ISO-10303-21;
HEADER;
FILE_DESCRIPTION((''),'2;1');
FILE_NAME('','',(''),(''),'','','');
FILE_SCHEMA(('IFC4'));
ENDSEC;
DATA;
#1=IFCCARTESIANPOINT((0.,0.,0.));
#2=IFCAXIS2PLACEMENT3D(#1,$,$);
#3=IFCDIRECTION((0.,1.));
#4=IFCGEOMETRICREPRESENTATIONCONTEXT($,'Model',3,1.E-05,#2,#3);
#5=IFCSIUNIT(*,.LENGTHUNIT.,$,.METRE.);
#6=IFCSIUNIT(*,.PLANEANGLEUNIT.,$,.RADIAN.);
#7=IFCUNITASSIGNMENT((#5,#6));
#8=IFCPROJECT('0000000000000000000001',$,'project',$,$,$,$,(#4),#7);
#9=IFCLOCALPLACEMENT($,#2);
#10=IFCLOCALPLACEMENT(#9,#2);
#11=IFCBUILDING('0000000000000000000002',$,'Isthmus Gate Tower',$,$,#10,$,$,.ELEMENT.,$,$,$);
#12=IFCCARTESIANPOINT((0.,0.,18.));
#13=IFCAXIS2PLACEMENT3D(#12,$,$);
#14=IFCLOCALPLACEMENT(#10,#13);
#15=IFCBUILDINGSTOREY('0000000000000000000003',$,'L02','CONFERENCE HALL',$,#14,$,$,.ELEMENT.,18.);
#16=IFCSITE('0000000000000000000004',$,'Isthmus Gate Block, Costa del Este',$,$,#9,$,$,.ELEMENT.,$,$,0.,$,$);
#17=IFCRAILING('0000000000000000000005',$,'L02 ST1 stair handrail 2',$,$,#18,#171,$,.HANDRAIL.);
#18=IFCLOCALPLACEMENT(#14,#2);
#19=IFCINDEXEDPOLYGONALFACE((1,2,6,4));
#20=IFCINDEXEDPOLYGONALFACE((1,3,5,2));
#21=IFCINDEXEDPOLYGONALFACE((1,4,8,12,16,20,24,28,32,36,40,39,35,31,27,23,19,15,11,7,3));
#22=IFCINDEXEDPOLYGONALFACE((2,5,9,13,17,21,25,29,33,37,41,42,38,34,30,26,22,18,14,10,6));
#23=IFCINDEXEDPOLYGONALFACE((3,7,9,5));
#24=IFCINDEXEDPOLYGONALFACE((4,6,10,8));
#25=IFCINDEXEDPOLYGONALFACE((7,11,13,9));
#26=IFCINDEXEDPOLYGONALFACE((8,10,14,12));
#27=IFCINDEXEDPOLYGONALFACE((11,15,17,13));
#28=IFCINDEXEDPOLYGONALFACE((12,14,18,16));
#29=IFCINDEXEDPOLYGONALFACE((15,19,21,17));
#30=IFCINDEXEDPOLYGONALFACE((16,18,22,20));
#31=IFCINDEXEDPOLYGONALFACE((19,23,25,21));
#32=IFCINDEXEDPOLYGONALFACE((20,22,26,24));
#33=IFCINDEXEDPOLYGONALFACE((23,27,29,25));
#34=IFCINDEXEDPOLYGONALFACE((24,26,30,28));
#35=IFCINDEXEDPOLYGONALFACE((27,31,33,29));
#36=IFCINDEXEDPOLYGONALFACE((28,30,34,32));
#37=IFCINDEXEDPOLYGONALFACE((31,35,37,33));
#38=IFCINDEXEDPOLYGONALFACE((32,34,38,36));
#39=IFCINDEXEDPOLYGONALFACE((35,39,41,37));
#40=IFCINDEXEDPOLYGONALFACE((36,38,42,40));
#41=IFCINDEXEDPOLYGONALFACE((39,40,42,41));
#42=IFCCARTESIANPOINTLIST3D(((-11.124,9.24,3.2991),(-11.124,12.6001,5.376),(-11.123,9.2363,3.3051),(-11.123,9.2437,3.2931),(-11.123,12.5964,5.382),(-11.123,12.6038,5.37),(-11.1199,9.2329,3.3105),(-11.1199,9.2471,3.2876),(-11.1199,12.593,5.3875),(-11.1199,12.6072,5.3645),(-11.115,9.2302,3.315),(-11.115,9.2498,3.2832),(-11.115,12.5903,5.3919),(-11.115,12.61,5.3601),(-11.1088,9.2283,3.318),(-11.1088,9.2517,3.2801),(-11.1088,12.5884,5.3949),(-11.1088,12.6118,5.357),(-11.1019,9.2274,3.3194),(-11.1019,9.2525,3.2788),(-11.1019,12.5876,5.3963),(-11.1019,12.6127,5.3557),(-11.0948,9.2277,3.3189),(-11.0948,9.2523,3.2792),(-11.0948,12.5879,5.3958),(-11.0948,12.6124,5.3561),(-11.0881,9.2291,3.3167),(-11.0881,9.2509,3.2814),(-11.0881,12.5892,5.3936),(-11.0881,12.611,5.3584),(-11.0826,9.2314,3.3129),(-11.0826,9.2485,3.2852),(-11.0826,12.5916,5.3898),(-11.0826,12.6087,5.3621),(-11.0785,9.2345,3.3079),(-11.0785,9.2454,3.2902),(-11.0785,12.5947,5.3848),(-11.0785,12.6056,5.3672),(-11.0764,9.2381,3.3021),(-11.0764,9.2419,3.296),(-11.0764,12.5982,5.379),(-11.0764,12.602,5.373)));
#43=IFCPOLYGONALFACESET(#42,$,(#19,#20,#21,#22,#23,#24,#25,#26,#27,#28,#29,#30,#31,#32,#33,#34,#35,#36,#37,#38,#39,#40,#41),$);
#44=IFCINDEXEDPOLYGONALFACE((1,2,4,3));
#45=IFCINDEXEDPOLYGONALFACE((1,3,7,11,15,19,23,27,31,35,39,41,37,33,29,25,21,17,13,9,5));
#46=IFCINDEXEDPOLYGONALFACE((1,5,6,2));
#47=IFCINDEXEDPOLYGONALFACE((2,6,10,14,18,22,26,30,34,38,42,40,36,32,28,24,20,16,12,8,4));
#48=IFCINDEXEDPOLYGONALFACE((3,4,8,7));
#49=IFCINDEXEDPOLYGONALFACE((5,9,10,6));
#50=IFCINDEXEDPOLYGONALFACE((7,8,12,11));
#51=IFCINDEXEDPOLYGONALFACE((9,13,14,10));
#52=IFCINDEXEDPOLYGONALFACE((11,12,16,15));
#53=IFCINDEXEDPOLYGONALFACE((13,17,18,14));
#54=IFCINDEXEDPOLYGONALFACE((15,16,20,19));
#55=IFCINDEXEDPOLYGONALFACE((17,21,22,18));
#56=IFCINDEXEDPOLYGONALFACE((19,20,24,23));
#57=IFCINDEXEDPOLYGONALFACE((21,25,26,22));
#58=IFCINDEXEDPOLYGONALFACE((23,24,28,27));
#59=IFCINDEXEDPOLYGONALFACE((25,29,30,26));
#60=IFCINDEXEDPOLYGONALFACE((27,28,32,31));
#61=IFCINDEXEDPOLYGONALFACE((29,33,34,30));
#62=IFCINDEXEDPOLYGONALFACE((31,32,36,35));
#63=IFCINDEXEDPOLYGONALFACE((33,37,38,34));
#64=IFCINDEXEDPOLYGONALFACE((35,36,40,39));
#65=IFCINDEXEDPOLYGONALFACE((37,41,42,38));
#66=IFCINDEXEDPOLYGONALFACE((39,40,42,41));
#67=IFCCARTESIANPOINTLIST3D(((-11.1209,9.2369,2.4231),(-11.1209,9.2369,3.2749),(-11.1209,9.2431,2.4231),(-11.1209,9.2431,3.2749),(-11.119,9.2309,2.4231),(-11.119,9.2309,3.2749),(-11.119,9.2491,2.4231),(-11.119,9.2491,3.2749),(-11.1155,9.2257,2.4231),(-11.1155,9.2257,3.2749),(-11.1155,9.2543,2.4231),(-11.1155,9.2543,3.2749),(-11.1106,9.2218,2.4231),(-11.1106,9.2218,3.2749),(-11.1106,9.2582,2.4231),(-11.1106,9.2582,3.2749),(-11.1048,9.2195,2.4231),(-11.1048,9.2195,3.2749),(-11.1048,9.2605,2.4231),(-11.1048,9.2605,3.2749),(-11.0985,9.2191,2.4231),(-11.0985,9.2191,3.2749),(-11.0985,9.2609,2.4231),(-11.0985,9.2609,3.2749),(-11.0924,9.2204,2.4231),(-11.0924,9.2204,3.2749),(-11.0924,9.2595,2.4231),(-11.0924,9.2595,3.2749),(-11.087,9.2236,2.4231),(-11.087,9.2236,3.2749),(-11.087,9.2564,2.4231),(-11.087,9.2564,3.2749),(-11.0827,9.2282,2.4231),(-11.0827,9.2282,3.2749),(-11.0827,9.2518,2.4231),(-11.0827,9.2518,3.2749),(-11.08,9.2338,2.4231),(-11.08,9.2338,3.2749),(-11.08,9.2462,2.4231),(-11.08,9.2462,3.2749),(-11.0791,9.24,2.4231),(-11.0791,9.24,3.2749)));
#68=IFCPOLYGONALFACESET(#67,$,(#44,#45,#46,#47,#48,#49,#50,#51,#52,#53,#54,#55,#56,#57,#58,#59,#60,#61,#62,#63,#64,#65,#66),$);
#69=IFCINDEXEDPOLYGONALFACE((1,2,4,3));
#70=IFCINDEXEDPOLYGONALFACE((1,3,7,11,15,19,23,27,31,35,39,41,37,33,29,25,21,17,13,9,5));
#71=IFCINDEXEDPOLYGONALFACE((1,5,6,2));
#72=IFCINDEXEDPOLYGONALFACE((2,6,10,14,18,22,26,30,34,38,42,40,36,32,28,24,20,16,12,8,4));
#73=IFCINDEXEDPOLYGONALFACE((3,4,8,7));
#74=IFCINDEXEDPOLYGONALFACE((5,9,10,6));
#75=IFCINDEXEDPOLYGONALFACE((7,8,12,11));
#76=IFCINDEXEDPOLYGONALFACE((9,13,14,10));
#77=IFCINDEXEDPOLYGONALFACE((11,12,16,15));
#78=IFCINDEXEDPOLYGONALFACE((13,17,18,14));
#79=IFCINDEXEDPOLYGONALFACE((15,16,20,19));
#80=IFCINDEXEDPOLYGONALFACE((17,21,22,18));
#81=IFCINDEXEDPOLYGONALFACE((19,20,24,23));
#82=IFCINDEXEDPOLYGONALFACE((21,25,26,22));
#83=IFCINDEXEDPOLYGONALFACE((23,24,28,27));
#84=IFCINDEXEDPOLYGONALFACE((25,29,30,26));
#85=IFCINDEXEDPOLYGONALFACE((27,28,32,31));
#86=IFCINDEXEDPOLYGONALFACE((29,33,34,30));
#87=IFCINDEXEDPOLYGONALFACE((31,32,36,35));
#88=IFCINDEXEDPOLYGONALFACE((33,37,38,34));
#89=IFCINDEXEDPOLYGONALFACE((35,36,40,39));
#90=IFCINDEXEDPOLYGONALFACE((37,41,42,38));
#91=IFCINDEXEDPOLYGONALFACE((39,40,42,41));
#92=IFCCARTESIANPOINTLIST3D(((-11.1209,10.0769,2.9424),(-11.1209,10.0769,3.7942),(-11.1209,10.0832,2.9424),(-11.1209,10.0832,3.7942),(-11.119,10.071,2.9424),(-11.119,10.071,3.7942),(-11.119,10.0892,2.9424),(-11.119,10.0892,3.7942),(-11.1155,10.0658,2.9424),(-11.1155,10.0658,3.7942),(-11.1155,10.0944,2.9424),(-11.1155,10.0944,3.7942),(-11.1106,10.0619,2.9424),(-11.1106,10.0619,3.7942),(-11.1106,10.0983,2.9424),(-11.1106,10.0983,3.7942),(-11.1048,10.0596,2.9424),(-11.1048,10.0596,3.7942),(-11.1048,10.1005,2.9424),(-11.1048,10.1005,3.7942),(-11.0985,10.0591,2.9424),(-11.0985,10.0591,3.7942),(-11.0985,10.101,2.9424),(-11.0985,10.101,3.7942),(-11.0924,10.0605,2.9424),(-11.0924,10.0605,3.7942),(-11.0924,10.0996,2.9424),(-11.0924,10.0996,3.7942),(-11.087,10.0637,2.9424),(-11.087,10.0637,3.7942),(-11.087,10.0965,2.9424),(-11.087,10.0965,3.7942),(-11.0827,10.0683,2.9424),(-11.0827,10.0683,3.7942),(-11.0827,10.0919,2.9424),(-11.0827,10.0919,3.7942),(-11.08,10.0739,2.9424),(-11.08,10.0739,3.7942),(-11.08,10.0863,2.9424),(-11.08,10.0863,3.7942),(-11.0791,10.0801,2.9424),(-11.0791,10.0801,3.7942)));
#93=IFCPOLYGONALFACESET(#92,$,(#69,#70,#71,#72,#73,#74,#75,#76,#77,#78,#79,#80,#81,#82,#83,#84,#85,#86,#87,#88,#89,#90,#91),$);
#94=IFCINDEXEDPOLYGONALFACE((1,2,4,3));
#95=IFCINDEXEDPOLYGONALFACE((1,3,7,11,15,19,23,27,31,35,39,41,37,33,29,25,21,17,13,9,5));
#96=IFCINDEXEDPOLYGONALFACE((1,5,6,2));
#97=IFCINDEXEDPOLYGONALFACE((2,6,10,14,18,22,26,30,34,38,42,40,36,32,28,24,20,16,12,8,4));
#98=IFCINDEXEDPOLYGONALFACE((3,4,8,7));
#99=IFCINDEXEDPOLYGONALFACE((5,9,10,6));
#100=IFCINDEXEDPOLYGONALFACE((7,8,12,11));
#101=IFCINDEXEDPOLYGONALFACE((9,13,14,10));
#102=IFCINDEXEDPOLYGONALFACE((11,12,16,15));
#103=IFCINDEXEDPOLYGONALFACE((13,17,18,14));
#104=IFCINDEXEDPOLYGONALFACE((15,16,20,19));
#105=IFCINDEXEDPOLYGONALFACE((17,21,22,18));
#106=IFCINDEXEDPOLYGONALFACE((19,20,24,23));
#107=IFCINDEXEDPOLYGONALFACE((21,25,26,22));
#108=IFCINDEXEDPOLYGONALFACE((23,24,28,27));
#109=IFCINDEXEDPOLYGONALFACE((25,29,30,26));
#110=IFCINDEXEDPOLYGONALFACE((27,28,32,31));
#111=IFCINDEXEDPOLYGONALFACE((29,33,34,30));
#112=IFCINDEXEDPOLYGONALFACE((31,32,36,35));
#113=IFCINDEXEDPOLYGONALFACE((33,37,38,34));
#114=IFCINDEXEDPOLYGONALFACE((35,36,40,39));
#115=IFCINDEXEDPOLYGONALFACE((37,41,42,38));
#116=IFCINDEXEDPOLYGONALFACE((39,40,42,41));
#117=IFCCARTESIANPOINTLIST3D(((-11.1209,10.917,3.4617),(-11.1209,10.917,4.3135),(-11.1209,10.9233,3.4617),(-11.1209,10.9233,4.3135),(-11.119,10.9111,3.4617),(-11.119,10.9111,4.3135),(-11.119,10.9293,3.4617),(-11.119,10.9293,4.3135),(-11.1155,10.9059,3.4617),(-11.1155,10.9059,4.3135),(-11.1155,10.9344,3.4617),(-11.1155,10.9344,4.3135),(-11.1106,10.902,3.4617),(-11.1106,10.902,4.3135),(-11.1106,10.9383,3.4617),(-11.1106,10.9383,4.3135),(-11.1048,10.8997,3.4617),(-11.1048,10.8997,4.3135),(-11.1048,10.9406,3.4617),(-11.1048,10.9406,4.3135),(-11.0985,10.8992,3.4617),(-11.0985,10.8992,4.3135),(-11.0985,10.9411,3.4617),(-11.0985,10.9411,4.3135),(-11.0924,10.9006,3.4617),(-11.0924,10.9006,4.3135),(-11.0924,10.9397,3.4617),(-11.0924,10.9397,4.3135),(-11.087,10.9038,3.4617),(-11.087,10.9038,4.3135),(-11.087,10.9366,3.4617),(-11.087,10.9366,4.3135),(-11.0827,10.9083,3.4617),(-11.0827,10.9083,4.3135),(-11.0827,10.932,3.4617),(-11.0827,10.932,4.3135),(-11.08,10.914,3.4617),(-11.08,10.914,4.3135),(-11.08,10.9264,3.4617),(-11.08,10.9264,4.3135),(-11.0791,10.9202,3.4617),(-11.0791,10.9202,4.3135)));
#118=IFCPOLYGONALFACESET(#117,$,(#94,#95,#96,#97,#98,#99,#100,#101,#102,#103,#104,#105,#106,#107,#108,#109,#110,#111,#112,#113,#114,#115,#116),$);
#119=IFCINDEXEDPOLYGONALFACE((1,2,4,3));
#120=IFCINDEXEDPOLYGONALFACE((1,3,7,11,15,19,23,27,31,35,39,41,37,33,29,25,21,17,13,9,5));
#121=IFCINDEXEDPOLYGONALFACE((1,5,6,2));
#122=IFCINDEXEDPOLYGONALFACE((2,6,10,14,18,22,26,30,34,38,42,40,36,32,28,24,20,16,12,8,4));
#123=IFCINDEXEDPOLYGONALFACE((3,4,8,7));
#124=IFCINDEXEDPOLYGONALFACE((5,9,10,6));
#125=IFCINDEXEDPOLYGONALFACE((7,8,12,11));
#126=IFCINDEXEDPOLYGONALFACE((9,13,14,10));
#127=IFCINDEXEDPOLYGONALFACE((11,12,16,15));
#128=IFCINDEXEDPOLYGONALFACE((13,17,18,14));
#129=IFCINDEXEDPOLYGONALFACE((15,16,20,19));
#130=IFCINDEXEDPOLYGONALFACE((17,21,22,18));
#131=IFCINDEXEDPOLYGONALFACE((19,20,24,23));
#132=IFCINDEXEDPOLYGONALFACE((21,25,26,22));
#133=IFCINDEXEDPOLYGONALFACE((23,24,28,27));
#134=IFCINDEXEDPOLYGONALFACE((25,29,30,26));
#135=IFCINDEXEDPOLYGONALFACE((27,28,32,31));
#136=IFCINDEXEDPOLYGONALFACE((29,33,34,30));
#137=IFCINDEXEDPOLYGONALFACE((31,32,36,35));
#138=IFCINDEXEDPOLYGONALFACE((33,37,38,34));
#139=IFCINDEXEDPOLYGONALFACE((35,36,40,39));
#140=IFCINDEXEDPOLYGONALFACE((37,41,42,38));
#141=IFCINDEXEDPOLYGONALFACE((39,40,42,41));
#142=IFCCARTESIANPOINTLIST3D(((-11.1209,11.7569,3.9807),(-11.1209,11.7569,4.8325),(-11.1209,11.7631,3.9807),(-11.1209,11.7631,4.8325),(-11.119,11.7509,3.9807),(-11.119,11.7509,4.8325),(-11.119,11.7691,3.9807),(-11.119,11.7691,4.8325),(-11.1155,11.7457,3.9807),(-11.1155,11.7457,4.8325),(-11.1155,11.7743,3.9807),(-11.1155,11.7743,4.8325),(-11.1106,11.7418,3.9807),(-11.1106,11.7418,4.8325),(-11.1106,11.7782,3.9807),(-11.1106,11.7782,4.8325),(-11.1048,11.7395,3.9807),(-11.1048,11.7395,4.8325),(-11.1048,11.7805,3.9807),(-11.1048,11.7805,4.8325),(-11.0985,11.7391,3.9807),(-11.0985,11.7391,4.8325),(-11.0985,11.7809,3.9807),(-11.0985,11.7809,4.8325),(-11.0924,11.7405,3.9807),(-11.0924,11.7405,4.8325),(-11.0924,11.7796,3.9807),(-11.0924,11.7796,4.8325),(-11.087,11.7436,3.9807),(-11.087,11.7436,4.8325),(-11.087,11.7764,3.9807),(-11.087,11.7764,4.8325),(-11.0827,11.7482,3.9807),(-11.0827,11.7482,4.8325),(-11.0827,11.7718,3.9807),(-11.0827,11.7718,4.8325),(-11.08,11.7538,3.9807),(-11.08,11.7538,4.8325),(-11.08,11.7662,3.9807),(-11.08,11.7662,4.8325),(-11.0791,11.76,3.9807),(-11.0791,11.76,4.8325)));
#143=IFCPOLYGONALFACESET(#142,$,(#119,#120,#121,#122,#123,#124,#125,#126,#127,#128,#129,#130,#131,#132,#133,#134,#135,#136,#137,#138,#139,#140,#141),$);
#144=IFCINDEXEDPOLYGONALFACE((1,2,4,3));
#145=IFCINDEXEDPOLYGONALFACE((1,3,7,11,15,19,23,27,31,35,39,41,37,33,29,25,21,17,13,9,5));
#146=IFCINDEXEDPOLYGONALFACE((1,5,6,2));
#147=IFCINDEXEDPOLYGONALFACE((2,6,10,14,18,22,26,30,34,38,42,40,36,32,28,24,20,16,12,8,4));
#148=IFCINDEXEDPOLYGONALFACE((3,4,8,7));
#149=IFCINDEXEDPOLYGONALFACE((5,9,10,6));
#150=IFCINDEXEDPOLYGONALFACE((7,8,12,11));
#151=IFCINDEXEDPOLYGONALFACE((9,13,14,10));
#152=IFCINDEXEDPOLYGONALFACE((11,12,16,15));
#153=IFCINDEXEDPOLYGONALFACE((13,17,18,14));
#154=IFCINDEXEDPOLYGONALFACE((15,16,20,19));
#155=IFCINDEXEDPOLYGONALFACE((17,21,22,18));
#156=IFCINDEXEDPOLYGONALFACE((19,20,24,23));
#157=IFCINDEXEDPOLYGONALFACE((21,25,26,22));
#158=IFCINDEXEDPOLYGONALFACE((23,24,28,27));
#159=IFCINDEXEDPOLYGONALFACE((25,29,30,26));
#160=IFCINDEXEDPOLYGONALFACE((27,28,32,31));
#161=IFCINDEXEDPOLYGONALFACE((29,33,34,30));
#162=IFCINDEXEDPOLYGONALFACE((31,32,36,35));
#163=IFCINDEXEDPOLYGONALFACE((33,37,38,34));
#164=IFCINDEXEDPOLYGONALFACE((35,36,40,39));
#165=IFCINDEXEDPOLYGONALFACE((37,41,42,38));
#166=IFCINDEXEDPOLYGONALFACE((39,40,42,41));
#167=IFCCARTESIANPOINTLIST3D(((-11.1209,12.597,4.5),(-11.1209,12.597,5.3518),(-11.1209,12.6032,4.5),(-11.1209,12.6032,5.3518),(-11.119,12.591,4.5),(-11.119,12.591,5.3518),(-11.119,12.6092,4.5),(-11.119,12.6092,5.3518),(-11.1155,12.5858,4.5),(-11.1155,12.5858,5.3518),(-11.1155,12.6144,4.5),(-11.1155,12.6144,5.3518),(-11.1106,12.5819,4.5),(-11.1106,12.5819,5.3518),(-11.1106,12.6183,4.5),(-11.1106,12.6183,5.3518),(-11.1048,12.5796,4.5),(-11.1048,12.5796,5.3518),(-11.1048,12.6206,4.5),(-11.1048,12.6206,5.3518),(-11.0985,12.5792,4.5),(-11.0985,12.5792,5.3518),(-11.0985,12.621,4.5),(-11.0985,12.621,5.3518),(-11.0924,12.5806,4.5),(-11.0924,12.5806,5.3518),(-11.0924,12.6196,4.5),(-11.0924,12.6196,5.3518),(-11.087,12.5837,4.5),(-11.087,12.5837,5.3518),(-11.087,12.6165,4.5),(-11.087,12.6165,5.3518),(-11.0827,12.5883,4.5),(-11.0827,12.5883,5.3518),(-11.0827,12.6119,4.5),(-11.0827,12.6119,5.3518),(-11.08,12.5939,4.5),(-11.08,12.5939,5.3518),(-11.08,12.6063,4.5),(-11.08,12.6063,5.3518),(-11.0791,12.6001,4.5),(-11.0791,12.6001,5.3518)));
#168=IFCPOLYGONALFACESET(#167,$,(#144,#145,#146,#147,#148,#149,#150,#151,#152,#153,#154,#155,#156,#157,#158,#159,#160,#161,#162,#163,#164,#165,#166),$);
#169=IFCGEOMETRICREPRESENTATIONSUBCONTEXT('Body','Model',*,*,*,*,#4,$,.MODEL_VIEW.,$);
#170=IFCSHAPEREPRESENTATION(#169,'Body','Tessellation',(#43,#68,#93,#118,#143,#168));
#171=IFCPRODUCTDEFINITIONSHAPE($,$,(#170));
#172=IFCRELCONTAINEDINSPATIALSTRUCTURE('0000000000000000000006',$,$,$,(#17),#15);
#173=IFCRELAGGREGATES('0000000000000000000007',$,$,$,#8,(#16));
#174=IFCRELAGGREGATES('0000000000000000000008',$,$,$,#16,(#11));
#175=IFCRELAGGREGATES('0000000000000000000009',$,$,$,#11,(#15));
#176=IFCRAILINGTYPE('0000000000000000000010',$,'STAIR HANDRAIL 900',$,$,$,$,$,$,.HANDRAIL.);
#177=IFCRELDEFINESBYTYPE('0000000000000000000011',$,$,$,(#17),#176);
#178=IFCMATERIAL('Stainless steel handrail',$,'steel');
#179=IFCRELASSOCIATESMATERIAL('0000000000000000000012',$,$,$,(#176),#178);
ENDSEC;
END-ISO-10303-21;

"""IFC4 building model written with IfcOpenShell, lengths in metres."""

from ifc_helpers import new_model, si_unit, direction, frame, origin, origin_2d, place, context, subcontext, project, spatial, circle, extrude, material, type_object, element, save


model = new_model("IFC4")

# Units and contexts
model_context = context("Model", 3, precision=1e-05, world=origin(), true_north=direction((0.0, 1.0)))
body_context = subcontext(model_context, "Body", "Model", "MODEL_VIEW")
ifc_project = project(units=[si_unit("LENGTHUNIT", "METRE"), si_unit("PLANEANGLEUNIT", "RADIAN")], contexts=[model_context])

# Site, building, storey
site_placement = place(None, origin())
site = spatial("IfcSite", under=ifc_project, at=site_placement, Name="Isthmus Gate Block, Costa del Este", CompositionType="ELEMENT", RefElevation=0.0)
building_placement = place(site_placement, origin())
building = spatial("IfcBuilding", under=site, at=building_placement, Name="Isthmus Gate Tower", CompositionType="ELEMENT")
storey_placement = place(building_placement, frame((0.0, 0.0, 18.0)))
storey = spatial("IfcBuildingStorey", under=building, at=storey_placement, Name="L02", Description="CONFERENCE HALL", CompositionType="ELEMENT", Elevation=18.0)

# Railing
ifc_material_1 = material(Name="Stainless steel handrail", Category="steel")
railing_type_1 = type_object("IfcRailingType", Name="STAIR HANDRAIL 900", PredefinedType="HANDRAIL", material=ifc_material_1)
railing_1_placement = place(storey_placement, frame((-11.1001, 9.24, 2.4231)))
element("IfcRailing", 1, at=railing_1_placement, inside=storey, type_object=railing_type_1, Name="L02 ST1 stair handrail 2", PredefinedType="HANDRAIL", context=body_context, shape_type="SweptSolid", body=[
    extrude(circle(Radius=0.0239, at=origin_2d()), frame((0.0, 0.0, 0.876), z_axis=(0.0, 0.850623, 0.525776), x_axis=(-1.0, 0.0, 0.0)), (0.0, 0.0, 1.0), 3.9502),
    extrude(circle(Radius=0.021, at=origin_2d()), origin(), (0.0, 0.0, 1.0), 0.8518),
    extrude(circle(Radius=0.021, at=origin_2d()), frame((0.0, 0.8401, 0.5193)), (0.0, 0.0, 1.0), 0.8518),
    extrude(circle(Radius=0.021, at=origin_2d()), frame((0.0, 1.6802, 1.0386)), (0.0, 0.0, 1.0), 0.8518),
    extrude(circle(Radius=0.021, at=origin_2d()), frame((0.0, 2.52, 1.5576)), (0.0, 0.0, 1.0), 0.8518),
    extrude(circle(Radius=0.021, at=origin_2d()), frame((0.0, 3.3601, 2.0769)), (0.0, 0.0, 1.0), 0.8518),
])

save(model, "model.ifc")
